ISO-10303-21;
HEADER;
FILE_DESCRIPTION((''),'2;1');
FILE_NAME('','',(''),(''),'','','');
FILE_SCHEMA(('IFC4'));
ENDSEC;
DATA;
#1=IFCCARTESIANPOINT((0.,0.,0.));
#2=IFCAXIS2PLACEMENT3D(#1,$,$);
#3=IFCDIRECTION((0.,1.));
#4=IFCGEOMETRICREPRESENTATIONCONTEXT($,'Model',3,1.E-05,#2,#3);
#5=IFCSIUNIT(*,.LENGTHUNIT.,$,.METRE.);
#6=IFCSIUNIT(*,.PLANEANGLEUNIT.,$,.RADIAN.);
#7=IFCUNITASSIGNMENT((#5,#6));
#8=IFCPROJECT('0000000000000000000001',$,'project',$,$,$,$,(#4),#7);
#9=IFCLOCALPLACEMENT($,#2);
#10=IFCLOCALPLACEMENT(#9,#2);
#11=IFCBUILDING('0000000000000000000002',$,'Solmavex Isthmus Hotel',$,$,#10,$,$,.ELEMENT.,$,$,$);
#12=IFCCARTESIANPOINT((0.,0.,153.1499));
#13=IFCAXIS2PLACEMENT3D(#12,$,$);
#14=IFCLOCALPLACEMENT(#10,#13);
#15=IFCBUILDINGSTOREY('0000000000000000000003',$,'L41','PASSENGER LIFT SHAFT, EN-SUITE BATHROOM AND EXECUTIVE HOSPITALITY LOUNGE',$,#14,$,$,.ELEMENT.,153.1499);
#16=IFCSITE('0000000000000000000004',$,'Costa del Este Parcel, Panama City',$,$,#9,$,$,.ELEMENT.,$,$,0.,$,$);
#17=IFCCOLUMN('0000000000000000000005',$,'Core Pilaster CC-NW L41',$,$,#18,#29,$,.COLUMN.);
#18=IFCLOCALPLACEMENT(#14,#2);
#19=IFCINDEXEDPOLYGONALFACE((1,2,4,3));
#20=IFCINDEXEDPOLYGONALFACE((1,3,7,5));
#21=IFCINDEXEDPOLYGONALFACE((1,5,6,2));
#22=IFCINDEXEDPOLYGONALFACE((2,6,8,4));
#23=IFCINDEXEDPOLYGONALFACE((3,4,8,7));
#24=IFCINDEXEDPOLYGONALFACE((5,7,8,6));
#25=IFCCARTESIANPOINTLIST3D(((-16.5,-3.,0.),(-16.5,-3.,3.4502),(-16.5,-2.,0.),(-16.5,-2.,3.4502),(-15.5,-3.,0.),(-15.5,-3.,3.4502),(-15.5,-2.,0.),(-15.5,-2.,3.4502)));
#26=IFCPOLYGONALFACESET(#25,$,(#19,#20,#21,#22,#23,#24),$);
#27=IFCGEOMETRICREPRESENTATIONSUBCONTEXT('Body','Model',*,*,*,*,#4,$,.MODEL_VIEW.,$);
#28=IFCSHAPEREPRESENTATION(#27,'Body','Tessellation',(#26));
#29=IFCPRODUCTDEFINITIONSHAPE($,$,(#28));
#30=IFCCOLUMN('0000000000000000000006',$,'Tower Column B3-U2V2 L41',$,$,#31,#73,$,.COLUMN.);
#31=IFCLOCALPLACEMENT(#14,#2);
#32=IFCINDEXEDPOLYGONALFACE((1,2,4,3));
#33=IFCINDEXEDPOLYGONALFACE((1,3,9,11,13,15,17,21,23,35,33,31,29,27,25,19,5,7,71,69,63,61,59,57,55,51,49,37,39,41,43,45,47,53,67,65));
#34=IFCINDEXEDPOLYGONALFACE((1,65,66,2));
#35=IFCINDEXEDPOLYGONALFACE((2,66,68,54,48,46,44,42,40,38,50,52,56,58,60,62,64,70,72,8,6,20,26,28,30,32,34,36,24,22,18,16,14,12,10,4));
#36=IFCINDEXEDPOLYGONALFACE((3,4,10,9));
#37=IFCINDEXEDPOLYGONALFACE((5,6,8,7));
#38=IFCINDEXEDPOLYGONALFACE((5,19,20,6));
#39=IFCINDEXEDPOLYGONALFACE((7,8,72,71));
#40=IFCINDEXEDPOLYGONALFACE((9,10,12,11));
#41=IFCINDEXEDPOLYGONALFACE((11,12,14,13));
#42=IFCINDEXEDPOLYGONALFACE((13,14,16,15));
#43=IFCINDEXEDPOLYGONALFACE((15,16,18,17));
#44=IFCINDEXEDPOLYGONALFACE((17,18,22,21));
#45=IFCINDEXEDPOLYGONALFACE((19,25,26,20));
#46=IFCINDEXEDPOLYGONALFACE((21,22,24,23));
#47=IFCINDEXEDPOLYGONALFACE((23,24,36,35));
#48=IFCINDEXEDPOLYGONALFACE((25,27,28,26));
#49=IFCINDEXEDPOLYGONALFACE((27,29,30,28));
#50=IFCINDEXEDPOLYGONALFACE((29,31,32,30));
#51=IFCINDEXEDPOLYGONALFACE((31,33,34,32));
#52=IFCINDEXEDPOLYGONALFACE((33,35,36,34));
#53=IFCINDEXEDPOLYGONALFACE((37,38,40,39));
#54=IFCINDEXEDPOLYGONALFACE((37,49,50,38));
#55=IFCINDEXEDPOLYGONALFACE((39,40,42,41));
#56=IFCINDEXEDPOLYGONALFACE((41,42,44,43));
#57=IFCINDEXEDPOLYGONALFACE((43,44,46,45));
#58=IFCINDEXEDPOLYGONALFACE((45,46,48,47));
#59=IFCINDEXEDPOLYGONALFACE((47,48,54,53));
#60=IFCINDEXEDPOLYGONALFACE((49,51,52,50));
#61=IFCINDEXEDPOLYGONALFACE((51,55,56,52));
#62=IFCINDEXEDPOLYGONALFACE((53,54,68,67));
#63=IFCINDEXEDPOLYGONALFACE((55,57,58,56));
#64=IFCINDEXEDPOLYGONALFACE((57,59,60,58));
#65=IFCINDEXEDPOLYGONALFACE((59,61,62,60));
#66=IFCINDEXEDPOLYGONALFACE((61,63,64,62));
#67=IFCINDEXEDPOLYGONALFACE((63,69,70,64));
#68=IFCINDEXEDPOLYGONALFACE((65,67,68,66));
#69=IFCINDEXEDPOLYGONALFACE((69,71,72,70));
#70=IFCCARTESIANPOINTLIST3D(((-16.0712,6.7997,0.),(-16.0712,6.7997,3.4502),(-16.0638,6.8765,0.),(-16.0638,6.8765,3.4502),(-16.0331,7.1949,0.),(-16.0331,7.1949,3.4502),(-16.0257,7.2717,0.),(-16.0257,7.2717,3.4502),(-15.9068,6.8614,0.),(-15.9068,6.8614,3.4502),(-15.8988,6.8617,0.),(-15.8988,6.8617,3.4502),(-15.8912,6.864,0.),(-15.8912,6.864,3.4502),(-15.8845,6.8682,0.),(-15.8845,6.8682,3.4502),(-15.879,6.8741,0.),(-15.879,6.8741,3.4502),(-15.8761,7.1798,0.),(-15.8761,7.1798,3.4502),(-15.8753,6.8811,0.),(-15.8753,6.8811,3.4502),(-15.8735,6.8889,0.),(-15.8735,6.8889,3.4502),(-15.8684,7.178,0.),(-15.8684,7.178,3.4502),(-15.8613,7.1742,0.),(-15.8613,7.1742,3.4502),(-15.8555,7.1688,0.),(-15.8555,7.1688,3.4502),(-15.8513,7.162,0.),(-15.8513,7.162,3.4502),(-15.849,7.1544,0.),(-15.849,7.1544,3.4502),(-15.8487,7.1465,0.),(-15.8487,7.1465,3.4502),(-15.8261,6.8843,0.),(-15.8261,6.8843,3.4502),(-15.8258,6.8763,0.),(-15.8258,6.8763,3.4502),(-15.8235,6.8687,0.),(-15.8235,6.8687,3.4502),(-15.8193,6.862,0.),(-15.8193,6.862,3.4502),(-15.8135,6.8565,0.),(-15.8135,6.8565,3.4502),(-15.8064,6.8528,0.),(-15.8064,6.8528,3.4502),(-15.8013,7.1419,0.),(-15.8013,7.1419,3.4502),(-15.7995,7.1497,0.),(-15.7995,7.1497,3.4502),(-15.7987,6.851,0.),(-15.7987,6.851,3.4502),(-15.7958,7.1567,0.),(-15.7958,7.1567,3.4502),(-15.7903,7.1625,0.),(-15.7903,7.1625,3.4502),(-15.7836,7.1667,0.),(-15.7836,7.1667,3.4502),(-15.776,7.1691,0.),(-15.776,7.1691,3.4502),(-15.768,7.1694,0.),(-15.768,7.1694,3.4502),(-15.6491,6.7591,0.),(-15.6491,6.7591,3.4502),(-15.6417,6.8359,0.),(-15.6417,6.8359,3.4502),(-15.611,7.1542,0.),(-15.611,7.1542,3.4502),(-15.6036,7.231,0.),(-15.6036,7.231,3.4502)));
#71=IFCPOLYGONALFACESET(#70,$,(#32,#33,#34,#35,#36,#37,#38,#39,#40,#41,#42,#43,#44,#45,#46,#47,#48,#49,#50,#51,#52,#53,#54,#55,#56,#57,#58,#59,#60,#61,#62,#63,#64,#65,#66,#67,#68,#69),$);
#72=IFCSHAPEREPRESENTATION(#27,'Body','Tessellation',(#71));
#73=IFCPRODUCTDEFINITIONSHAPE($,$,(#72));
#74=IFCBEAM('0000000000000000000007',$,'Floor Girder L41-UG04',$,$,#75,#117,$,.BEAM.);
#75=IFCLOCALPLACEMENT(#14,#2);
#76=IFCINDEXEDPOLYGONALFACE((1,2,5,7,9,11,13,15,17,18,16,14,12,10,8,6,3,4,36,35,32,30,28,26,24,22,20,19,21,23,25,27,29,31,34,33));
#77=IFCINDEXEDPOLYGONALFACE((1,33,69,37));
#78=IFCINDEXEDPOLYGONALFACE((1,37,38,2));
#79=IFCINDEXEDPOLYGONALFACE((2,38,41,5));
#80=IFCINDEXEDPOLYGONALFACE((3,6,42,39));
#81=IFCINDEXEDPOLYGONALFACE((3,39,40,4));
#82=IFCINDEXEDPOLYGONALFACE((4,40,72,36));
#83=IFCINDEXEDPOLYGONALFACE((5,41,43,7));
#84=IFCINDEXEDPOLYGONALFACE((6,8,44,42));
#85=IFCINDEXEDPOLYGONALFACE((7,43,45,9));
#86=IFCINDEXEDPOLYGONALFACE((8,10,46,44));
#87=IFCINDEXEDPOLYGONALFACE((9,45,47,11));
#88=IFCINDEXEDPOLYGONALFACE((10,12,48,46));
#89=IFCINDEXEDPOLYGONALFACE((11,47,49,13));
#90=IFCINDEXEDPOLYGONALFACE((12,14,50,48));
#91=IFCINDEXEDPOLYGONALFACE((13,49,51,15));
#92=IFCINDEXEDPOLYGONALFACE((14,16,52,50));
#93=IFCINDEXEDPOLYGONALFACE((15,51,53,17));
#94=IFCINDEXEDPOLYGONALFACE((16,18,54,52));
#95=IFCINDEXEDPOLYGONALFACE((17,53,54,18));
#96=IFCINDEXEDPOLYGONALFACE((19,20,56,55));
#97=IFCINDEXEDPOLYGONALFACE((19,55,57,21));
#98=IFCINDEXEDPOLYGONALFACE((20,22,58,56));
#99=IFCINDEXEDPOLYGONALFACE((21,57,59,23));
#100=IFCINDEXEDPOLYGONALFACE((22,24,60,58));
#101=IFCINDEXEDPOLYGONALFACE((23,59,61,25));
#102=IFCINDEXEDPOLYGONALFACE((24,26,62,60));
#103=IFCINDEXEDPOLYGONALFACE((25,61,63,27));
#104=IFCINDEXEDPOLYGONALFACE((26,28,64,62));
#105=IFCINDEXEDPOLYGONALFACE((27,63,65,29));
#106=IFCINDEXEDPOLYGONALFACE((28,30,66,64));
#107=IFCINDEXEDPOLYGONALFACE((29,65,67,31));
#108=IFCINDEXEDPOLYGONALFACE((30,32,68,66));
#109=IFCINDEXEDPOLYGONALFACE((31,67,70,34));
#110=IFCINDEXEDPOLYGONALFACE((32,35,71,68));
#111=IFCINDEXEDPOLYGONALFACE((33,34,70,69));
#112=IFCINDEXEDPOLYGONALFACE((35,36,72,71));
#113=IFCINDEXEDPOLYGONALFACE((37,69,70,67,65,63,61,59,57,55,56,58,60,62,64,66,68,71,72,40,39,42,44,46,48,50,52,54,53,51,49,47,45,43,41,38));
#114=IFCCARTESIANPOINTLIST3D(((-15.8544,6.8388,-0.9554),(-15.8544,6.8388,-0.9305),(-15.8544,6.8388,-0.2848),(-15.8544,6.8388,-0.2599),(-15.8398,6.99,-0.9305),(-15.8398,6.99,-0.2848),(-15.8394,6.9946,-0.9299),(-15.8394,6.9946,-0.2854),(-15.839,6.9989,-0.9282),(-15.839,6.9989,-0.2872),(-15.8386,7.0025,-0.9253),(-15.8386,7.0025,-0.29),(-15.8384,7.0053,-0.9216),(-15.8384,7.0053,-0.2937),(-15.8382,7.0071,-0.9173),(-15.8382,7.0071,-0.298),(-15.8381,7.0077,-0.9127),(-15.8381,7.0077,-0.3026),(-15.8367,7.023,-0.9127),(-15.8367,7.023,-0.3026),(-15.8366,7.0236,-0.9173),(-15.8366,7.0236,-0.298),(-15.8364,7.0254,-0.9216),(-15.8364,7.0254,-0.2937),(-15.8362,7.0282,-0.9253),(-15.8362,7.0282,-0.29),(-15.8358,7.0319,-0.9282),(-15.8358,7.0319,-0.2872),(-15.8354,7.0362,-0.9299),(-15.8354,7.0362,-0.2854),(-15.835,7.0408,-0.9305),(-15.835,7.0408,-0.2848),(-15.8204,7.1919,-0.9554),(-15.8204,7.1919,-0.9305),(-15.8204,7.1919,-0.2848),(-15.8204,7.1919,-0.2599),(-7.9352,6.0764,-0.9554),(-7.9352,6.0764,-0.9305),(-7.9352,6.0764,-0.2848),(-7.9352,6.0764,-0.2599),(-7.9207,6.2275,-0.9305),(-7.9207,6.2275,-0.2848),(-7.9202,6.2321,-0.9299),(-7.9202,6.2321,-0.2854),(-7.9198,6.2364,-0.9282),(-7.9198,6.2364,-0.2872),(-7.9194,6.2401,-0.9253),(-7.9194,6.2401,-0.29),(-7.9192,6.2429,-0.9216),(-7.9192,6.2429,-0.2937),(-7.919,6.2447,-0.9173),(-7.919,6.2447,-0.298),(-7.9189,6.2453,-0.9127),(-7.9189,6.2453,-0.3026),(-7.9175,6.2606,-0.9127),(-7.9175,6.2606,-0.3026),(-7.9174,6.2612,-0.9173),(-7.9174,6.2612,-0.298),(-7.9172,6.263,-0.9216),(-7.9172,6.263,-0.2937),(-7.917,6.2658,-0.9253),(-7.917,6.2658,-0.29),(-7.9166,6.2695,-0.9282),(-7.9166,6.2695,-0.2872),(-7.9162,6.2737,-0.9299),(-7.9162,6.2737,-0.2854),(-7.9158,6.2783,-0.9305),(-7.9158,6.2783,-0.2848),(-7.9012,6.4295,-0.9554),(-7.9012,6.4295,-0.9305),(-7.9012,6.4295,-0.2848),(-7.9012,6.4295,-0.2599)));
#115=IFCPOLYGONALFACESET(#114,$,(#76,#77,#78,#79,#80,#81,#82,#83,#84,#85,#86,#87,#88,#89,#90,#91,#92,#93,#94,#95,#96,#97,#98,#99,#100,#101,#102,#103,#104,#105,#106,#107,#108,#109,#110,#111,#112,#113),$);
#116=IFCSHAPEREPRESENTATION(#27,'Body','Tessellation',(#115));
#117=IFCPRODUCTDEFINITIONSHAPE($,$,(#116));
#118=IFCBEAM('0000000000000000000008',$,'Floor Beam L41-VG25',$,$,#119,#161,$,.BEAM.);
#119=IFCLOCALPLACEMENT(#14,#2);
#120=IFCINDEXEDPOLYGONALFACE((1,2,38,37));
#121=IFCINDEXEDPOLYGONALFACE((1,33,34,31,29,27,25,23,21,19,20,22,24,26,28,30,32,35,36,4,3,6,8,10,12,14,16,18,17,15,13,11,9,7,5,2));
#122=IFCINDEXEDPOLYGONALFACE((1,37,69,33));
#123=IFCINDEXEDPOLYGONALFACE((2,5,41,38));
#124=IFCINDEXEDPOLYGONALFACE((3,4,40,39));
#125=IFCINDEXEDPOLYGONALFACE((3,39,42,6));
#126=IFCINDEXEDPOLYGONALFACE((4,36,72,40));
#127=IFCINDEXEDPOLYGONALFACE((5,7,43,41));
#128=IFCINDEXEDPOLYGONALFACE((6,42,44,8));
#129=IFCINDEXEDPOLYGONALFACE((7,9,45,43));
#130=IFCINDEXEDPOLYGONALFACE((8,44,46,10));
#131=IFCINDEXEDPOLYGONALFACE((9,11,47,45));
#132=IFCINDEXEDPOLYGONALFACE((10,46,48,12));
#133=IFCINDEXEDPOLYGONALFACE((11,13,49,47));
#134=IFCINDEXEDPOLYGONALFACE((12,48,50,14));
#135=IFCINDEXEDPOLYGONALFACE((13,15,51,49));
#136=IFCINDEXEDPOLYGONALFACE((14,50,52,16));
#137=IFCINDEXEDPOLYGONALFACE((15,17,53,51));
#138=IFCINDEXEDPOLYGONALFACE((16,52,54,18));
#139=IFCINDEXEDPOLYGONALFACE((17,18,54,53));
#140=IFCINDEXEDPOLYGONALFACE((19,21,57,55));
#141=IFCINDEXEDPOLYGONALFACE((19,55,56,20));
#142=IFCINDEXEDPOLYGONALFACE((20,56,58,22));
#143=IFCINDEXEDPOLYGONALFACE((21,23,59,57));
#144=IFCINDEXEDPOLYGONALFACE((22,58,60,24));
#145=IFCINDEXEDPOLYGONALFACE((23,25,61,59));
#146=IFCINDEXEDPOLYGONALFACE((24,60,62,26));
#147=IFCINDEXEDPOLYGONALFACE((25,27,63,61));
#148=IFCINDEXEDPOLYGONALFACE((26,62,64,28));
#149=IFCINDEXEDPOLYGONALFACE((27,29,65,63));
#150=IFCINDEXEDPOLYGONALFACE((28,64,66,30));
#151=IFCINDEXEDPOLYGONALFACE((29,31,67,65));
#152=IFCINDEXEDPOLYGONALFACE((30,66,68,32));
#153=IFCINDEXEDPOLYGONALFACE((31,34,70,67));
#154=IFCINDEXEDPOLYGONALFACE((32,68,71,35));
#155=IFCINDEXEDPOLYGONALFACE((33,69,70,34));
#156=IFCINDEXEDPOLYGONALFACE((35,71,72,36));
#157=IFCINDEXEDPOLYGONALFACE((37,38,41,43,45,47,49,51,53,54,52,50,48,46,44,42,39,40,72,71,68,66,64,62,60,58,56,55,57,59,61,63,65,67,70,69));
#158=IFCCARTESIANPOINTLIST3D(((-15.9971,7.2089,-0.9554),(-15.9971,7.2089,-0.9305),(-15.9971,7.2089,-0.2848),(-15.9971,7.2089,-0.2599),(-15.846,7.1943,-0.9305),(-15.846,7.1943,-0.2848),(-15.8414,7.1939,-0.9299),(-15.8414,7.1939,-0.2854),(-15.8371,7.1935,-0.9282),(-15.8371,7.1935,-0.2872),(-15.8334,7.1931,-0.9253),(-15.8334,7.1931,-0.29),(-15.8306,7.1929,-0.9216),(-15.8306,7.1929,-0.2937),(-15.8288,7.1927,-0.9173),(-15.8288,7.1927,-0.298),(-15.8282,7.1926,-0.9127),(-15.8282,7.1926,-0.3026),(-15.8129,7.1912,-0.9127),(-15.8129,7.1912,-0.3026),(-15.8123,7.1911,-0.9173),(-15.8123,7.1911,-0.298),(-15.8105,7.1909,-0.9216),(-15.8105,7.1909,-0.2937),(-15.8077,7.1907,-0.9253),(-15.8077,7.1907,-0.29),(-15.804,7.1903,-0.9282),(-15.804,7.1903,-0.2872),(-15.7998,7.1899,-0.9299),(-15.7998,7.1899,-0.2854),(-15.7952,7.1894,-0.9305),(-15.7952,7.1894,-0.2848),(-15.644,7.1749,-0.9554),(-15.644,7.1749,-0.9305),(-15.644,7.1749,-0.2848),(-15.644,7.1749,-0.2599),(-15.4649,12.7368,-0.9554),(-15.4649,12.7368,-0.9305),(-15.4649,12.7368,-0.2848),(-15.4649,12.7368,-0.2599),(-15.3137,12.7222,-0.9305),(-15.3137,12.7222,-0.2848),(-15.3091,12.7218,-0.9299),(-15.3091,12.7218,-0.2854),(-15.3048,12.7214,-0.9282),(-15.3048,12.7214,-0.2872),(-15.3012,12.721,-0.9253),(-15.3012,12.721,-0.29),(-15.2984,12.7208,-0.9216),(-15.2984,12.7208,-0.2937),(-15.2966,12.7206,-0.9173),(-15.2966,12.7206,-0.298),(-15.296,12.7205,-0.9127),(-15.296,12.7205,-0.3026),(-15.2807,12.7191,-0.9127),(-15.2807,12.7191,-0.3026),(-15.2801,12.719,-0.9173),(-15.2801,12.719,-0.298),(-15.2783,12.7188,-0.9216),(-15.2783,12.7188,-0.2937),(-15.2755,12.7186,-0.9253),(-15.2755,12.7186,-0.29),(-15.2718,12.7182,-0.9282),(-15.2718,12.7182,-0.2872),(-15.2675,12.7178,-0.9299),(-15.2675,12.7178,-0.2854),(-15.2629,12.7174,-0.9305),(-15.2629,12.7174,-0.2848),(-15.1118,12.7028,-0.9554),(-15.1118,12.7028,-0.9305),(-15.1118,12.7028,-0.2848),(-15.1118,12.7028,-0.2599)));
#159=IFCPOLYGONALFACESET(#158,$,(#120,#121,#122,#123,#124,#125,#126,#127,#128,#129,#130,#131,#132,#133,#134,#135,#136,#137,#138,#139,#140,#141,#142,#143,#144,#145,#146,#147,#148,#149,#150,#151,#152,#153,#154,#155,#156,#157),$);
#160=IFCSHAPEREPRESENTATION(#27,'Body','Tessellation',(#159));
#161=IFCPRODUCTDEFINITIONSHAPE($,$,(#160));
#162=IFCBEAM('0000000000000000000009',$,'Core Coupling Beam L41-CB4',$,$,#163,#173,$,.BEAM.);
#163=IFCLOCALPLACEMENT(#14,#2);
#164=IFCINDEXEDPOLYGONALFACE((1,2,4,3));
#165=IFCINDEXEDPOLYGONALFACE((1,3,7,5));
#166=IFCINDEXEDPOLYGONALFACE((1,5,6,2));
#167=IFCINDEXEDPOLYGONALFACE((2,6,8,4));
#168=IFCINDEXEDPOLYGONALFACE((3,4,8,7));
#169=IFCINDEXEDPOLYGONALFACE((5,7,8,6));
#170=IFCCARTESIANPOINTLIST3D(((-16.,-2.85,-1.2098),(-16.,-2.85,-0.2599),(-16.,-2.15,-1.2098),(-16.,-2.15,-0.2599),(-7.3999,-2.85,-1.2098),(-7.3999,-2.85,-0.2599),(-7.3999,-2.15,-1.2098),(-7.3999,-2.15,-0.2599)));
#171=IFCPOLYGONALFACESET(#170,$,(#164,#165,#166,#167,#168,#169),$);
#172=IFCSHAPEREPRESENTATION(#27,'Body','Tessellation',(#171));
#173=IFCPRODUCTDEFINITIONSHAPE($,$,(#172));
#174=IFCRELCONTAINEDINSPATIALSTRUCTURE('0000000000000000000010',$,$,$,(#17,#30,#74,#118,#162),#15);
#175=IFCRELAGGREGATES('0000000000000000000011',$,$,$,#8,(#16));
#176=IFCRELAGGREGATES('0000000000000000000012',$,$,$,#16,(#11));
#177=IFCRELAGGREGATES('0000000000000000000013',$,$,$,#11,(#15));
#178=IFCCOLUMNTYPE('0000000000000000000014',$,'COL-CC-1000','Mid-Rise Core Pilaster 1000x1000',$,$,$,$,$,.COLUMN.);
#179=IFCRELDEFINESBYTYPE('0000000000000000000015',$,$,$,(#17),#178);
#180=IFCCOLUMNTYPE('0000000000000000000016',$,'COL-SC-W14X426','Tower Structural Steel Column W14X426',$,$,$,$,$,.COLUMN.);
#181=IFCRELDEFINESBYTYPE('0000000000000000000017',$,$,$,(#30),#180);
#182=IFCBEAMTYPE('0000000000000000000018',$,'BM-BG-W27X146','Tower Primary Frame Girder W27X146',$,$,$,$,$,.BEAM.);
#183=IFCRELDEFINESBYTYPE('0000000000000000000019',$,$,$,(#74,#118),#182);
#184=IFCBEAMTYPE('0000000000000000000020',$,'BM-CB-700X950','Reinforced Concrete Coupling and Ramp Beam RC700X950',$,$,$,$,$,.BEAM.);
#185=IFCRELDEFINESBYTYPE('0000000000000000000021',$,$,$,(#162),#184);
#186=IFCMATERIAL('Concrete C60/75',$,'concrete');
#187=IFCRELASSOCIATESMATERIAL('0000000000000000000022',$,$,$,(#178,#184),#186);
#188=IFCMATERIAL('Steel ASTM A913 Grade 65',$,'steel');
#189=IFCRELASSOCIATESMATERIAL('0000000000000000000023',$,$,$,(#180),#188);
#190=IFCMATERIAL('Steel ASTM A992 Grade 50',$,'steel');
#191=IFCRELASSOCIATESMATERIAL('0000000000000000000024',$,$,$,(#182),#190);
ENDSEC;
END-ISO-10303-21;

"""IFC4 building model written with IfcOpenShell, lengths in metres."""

from ifc_helpers import new_model, si_unit, direction, frame, origin, origin_2d, place, context, subcontext, project, spatial, rectangle, i_section, extrude, material, material_profile, profile_set, type_object, element, save


model = new_model("IFC4")

# Units and contexts
model_context = context("Model", 3, precision=1e-05, world=origin(), true_north=direction((0.0, 1.0)))
body_context = subcontext(model_context, "Body", "Model", "MODEL_VIEW")
ifc_project = project(units=[si_unit("LENGTHUNIT", "METRE"), si_unit("PLANEANGLEUNIT", "RADIAN")], contexts=[model_context])

# Site, building, storey
site_placement = place(None, origin())
site = spatial("IfcSite", under=ifc_project, at=site_placement, Name="Costa del Este Parcel, Panama City", CompositionType="ELEMENT", RefElevation=0.0)
building_placement = place(site_placement, origin())
building = spatial("IfcBuilding", under=site, at=building_placement, Name="Solmavex Isthmus Hotel", CompositionType="ELEMENT")
storey_placement = place(building_placement, frame((0.0, 0.0, 153.1499)))
storey = spatial("IfcBuildingStorey", under=building, at=storey_placement, Name="L41", Description="PASSENGER LIFT SHAFT, EN-SUITE BATHROOM AND EXECUTIVE HOSPITALITY LOUNGE", CompositionType="ELEMENT", Elevation=153.1499)

# Columns
ifc_material_1 = material(Name="Concrete C60/75", Category="concrete")
ifc_material_profile_1 = material_profile(ifc_material_1, rectangle(XDim=1.0, YDim=1.0, at=origin_2d()), Name="RC1000X1000")
ifc_profile_set_1 = profile_set([ifc_material_profile_1], Name="Concrete C60/75")
column_type_1 = type_object("IfcColumnType", Name="COL-CC-1000", Description="Mid-Rise Core Pilaster 1000x1000", PredefinedType="COLUMN", material=ifc_profile_set_1)
column_1_placement = place(storey_placement, frame((-16.0, -2.5, 0.0), z_axis=(0.0, 0.0, 1.0), x_axis=(1.0, 0.0, 0.0)))
element("IfcColumn", 1, at=column_1_placement, inside=storey, type_object=column_type_1, Name="Core Pilaster CC-NW L41", PredefinedType="COLUMN", context=body_context, shape_type="SweptSolid", body=[
    extrude(rectangle(XDim=1.0, YDim=1.0, at=origin_2d()), origin(), (0.0, 0.0, 1.0), 3.4502),
])
ifc_material_2 = material(Name="Steel ASTM A913 Grade 65", Category="steel")
ifc_material_profile_2 = material_profile(ifc_material_2, i_section(OverallWidth=0.4241, OverallDepth=0.4741, WebThickness=0.0476, FlangeThickness=0.0771, FilletRadius=0.0305, at=origin_2d()), Name="W14X426")
ifc_profile_set_2 = profile_set([ifc_material_profile_2], Name="Steel ASTM A913 Grade 65")
column_type_2 = type_object("IfcColumnType", Name="COL-SC-W14X426", Description="Tower Structural Steel Column W14X426", PredefinedType="COLUMN", material=ifc_profile_set_2)
column_2_placement = place(storey_placement, frame((-15.8374, 7.0154, 0.0), z_axis=(0.0, 0.0, 1.0), x_axis=(0.995396, -0.095846, 0.0)))
element("IfcColumn", 2, at=column_2_placement, inside=storey, type_object=column_type_2, Name="Tower Column B3-U2V2 L41", PredefinedType="COLUMN", context=body_context, shape_type="SweptSolid", body=[
    extrude(i_section(OverallWidth=0.4241, OverallDepth=0.4741, WebThickness=0.0476, FlangeThickness=0.0771, FilletRadius=0.0305, at=origin_2d()), origin(), (0.0, 0.0, 1.0), 3.4502),
])

# Beams
ifc_material_3 = material(Name="Steel ASTM A992 Grade 50", Category="steel")
ifc_material_profile_3 = material_profile(ifc_material_3, i_section(OverallWidth=0.3547, OverallDepth=0.6956, WebThickness=0.0154, FlangeThickness=0.0249, FilletRadius=0.0178, at=origin_2d()), Name="W27X146")
ifc_profile_set_3 = profile_set([ifc_material_profile_3], Name="Steel ASTM A992 Grade 50")
beam_type_1 = type_object("IfcBeamType", Name="BM-BG-W27X146", Description="Tower Primary Frame Girder W27X146", PredefinedType="BEAM", material=ifc_profile_set_3)
beam_1_placement = place(storey_placement, frame((-15.8374, 7.0154, -0.6077), z_axis=(0.995397, -0.095836, 0.0), x_axis=(0.095836, 0.995397, 0.0)))
element("IfcBeam", 3, at=beam_1_placement, inside=storey, type_object=beam_type_1, Name="Floor Girder L41-UG04", PredefinedType="BEAM", context=body_context, shape_type="SweptSolid", body=[
    extrude(i_section(OverallWidth=0.3547, OverallDepth=0.6956, WebThickness=0.0154, FlangeThickness=0.0249, FilletRadius=0.0178, at=origin_2d()), origin(), (0.0, 0.0, 1.0), 7.9558),
])
beam_2_placement = place(storey_placement, frame((-15.8206, 7.1919, -0.6077), z_axis=(0.095838, 0.995397, 0.0), x_axis=(-0.995397, 0.095838, 0.0)))
element("IfcBeam", 4, at=beam_2_placement, inside=storey, type_object=beam_type_1, Name="Floor Beam L41-VG25", PredefinedType="BEAM", context=body_context, shape_type="SweptSolid", body=[
    extrude(i_section(OverallWidth=0.3547, OverallDepth=0.6956, WebThickness=0.0154, FlangeThickness=0.0249, FilletRadius=0.0178, at=origin_2d()), origin(), (0.0, 0.0, 1.0), 5.5535),
])
ifc_material_profile_4 = material_profile(ifc_material_1, rectangle(XDim=0.7, YDim=0.95, at=origin_2d()), Name="RC700X950")
ifc_profile_set_4 = profile_set([ifc_material_profile_4], Name="Concrete C60/75")
beam_type_2 = type_object("IfcBeamType", Name="BM-CB-700X950", Description="Reinforced Concrete Coupling and Ramp Beam RC700X950", PredefinedType="BEAM", material=ifc_profile_set_4)
beam_3_placement = place(storey_placement, frame((-16.0, -2.5, -0.7349), z_axis=(1.0, 0.0, 0.0), x_axis=(0.0, 1.0, 0.0)))
element("IfcBeam", 5, at=beam_3_placement, inside=storey, type_object=beam_type_2, Name="Core Coupling Beam L41-CB4", PredefinedType="BEAM", context=body_context, shape_type="SweptSolid", body=[
    extrude(rectangle(XDim=0.7, YDim=0.95, at=origin_2d()), origin(), (0.0, 0.0, 1.0), 8.6001),
])

save(model, "model.ifc")
